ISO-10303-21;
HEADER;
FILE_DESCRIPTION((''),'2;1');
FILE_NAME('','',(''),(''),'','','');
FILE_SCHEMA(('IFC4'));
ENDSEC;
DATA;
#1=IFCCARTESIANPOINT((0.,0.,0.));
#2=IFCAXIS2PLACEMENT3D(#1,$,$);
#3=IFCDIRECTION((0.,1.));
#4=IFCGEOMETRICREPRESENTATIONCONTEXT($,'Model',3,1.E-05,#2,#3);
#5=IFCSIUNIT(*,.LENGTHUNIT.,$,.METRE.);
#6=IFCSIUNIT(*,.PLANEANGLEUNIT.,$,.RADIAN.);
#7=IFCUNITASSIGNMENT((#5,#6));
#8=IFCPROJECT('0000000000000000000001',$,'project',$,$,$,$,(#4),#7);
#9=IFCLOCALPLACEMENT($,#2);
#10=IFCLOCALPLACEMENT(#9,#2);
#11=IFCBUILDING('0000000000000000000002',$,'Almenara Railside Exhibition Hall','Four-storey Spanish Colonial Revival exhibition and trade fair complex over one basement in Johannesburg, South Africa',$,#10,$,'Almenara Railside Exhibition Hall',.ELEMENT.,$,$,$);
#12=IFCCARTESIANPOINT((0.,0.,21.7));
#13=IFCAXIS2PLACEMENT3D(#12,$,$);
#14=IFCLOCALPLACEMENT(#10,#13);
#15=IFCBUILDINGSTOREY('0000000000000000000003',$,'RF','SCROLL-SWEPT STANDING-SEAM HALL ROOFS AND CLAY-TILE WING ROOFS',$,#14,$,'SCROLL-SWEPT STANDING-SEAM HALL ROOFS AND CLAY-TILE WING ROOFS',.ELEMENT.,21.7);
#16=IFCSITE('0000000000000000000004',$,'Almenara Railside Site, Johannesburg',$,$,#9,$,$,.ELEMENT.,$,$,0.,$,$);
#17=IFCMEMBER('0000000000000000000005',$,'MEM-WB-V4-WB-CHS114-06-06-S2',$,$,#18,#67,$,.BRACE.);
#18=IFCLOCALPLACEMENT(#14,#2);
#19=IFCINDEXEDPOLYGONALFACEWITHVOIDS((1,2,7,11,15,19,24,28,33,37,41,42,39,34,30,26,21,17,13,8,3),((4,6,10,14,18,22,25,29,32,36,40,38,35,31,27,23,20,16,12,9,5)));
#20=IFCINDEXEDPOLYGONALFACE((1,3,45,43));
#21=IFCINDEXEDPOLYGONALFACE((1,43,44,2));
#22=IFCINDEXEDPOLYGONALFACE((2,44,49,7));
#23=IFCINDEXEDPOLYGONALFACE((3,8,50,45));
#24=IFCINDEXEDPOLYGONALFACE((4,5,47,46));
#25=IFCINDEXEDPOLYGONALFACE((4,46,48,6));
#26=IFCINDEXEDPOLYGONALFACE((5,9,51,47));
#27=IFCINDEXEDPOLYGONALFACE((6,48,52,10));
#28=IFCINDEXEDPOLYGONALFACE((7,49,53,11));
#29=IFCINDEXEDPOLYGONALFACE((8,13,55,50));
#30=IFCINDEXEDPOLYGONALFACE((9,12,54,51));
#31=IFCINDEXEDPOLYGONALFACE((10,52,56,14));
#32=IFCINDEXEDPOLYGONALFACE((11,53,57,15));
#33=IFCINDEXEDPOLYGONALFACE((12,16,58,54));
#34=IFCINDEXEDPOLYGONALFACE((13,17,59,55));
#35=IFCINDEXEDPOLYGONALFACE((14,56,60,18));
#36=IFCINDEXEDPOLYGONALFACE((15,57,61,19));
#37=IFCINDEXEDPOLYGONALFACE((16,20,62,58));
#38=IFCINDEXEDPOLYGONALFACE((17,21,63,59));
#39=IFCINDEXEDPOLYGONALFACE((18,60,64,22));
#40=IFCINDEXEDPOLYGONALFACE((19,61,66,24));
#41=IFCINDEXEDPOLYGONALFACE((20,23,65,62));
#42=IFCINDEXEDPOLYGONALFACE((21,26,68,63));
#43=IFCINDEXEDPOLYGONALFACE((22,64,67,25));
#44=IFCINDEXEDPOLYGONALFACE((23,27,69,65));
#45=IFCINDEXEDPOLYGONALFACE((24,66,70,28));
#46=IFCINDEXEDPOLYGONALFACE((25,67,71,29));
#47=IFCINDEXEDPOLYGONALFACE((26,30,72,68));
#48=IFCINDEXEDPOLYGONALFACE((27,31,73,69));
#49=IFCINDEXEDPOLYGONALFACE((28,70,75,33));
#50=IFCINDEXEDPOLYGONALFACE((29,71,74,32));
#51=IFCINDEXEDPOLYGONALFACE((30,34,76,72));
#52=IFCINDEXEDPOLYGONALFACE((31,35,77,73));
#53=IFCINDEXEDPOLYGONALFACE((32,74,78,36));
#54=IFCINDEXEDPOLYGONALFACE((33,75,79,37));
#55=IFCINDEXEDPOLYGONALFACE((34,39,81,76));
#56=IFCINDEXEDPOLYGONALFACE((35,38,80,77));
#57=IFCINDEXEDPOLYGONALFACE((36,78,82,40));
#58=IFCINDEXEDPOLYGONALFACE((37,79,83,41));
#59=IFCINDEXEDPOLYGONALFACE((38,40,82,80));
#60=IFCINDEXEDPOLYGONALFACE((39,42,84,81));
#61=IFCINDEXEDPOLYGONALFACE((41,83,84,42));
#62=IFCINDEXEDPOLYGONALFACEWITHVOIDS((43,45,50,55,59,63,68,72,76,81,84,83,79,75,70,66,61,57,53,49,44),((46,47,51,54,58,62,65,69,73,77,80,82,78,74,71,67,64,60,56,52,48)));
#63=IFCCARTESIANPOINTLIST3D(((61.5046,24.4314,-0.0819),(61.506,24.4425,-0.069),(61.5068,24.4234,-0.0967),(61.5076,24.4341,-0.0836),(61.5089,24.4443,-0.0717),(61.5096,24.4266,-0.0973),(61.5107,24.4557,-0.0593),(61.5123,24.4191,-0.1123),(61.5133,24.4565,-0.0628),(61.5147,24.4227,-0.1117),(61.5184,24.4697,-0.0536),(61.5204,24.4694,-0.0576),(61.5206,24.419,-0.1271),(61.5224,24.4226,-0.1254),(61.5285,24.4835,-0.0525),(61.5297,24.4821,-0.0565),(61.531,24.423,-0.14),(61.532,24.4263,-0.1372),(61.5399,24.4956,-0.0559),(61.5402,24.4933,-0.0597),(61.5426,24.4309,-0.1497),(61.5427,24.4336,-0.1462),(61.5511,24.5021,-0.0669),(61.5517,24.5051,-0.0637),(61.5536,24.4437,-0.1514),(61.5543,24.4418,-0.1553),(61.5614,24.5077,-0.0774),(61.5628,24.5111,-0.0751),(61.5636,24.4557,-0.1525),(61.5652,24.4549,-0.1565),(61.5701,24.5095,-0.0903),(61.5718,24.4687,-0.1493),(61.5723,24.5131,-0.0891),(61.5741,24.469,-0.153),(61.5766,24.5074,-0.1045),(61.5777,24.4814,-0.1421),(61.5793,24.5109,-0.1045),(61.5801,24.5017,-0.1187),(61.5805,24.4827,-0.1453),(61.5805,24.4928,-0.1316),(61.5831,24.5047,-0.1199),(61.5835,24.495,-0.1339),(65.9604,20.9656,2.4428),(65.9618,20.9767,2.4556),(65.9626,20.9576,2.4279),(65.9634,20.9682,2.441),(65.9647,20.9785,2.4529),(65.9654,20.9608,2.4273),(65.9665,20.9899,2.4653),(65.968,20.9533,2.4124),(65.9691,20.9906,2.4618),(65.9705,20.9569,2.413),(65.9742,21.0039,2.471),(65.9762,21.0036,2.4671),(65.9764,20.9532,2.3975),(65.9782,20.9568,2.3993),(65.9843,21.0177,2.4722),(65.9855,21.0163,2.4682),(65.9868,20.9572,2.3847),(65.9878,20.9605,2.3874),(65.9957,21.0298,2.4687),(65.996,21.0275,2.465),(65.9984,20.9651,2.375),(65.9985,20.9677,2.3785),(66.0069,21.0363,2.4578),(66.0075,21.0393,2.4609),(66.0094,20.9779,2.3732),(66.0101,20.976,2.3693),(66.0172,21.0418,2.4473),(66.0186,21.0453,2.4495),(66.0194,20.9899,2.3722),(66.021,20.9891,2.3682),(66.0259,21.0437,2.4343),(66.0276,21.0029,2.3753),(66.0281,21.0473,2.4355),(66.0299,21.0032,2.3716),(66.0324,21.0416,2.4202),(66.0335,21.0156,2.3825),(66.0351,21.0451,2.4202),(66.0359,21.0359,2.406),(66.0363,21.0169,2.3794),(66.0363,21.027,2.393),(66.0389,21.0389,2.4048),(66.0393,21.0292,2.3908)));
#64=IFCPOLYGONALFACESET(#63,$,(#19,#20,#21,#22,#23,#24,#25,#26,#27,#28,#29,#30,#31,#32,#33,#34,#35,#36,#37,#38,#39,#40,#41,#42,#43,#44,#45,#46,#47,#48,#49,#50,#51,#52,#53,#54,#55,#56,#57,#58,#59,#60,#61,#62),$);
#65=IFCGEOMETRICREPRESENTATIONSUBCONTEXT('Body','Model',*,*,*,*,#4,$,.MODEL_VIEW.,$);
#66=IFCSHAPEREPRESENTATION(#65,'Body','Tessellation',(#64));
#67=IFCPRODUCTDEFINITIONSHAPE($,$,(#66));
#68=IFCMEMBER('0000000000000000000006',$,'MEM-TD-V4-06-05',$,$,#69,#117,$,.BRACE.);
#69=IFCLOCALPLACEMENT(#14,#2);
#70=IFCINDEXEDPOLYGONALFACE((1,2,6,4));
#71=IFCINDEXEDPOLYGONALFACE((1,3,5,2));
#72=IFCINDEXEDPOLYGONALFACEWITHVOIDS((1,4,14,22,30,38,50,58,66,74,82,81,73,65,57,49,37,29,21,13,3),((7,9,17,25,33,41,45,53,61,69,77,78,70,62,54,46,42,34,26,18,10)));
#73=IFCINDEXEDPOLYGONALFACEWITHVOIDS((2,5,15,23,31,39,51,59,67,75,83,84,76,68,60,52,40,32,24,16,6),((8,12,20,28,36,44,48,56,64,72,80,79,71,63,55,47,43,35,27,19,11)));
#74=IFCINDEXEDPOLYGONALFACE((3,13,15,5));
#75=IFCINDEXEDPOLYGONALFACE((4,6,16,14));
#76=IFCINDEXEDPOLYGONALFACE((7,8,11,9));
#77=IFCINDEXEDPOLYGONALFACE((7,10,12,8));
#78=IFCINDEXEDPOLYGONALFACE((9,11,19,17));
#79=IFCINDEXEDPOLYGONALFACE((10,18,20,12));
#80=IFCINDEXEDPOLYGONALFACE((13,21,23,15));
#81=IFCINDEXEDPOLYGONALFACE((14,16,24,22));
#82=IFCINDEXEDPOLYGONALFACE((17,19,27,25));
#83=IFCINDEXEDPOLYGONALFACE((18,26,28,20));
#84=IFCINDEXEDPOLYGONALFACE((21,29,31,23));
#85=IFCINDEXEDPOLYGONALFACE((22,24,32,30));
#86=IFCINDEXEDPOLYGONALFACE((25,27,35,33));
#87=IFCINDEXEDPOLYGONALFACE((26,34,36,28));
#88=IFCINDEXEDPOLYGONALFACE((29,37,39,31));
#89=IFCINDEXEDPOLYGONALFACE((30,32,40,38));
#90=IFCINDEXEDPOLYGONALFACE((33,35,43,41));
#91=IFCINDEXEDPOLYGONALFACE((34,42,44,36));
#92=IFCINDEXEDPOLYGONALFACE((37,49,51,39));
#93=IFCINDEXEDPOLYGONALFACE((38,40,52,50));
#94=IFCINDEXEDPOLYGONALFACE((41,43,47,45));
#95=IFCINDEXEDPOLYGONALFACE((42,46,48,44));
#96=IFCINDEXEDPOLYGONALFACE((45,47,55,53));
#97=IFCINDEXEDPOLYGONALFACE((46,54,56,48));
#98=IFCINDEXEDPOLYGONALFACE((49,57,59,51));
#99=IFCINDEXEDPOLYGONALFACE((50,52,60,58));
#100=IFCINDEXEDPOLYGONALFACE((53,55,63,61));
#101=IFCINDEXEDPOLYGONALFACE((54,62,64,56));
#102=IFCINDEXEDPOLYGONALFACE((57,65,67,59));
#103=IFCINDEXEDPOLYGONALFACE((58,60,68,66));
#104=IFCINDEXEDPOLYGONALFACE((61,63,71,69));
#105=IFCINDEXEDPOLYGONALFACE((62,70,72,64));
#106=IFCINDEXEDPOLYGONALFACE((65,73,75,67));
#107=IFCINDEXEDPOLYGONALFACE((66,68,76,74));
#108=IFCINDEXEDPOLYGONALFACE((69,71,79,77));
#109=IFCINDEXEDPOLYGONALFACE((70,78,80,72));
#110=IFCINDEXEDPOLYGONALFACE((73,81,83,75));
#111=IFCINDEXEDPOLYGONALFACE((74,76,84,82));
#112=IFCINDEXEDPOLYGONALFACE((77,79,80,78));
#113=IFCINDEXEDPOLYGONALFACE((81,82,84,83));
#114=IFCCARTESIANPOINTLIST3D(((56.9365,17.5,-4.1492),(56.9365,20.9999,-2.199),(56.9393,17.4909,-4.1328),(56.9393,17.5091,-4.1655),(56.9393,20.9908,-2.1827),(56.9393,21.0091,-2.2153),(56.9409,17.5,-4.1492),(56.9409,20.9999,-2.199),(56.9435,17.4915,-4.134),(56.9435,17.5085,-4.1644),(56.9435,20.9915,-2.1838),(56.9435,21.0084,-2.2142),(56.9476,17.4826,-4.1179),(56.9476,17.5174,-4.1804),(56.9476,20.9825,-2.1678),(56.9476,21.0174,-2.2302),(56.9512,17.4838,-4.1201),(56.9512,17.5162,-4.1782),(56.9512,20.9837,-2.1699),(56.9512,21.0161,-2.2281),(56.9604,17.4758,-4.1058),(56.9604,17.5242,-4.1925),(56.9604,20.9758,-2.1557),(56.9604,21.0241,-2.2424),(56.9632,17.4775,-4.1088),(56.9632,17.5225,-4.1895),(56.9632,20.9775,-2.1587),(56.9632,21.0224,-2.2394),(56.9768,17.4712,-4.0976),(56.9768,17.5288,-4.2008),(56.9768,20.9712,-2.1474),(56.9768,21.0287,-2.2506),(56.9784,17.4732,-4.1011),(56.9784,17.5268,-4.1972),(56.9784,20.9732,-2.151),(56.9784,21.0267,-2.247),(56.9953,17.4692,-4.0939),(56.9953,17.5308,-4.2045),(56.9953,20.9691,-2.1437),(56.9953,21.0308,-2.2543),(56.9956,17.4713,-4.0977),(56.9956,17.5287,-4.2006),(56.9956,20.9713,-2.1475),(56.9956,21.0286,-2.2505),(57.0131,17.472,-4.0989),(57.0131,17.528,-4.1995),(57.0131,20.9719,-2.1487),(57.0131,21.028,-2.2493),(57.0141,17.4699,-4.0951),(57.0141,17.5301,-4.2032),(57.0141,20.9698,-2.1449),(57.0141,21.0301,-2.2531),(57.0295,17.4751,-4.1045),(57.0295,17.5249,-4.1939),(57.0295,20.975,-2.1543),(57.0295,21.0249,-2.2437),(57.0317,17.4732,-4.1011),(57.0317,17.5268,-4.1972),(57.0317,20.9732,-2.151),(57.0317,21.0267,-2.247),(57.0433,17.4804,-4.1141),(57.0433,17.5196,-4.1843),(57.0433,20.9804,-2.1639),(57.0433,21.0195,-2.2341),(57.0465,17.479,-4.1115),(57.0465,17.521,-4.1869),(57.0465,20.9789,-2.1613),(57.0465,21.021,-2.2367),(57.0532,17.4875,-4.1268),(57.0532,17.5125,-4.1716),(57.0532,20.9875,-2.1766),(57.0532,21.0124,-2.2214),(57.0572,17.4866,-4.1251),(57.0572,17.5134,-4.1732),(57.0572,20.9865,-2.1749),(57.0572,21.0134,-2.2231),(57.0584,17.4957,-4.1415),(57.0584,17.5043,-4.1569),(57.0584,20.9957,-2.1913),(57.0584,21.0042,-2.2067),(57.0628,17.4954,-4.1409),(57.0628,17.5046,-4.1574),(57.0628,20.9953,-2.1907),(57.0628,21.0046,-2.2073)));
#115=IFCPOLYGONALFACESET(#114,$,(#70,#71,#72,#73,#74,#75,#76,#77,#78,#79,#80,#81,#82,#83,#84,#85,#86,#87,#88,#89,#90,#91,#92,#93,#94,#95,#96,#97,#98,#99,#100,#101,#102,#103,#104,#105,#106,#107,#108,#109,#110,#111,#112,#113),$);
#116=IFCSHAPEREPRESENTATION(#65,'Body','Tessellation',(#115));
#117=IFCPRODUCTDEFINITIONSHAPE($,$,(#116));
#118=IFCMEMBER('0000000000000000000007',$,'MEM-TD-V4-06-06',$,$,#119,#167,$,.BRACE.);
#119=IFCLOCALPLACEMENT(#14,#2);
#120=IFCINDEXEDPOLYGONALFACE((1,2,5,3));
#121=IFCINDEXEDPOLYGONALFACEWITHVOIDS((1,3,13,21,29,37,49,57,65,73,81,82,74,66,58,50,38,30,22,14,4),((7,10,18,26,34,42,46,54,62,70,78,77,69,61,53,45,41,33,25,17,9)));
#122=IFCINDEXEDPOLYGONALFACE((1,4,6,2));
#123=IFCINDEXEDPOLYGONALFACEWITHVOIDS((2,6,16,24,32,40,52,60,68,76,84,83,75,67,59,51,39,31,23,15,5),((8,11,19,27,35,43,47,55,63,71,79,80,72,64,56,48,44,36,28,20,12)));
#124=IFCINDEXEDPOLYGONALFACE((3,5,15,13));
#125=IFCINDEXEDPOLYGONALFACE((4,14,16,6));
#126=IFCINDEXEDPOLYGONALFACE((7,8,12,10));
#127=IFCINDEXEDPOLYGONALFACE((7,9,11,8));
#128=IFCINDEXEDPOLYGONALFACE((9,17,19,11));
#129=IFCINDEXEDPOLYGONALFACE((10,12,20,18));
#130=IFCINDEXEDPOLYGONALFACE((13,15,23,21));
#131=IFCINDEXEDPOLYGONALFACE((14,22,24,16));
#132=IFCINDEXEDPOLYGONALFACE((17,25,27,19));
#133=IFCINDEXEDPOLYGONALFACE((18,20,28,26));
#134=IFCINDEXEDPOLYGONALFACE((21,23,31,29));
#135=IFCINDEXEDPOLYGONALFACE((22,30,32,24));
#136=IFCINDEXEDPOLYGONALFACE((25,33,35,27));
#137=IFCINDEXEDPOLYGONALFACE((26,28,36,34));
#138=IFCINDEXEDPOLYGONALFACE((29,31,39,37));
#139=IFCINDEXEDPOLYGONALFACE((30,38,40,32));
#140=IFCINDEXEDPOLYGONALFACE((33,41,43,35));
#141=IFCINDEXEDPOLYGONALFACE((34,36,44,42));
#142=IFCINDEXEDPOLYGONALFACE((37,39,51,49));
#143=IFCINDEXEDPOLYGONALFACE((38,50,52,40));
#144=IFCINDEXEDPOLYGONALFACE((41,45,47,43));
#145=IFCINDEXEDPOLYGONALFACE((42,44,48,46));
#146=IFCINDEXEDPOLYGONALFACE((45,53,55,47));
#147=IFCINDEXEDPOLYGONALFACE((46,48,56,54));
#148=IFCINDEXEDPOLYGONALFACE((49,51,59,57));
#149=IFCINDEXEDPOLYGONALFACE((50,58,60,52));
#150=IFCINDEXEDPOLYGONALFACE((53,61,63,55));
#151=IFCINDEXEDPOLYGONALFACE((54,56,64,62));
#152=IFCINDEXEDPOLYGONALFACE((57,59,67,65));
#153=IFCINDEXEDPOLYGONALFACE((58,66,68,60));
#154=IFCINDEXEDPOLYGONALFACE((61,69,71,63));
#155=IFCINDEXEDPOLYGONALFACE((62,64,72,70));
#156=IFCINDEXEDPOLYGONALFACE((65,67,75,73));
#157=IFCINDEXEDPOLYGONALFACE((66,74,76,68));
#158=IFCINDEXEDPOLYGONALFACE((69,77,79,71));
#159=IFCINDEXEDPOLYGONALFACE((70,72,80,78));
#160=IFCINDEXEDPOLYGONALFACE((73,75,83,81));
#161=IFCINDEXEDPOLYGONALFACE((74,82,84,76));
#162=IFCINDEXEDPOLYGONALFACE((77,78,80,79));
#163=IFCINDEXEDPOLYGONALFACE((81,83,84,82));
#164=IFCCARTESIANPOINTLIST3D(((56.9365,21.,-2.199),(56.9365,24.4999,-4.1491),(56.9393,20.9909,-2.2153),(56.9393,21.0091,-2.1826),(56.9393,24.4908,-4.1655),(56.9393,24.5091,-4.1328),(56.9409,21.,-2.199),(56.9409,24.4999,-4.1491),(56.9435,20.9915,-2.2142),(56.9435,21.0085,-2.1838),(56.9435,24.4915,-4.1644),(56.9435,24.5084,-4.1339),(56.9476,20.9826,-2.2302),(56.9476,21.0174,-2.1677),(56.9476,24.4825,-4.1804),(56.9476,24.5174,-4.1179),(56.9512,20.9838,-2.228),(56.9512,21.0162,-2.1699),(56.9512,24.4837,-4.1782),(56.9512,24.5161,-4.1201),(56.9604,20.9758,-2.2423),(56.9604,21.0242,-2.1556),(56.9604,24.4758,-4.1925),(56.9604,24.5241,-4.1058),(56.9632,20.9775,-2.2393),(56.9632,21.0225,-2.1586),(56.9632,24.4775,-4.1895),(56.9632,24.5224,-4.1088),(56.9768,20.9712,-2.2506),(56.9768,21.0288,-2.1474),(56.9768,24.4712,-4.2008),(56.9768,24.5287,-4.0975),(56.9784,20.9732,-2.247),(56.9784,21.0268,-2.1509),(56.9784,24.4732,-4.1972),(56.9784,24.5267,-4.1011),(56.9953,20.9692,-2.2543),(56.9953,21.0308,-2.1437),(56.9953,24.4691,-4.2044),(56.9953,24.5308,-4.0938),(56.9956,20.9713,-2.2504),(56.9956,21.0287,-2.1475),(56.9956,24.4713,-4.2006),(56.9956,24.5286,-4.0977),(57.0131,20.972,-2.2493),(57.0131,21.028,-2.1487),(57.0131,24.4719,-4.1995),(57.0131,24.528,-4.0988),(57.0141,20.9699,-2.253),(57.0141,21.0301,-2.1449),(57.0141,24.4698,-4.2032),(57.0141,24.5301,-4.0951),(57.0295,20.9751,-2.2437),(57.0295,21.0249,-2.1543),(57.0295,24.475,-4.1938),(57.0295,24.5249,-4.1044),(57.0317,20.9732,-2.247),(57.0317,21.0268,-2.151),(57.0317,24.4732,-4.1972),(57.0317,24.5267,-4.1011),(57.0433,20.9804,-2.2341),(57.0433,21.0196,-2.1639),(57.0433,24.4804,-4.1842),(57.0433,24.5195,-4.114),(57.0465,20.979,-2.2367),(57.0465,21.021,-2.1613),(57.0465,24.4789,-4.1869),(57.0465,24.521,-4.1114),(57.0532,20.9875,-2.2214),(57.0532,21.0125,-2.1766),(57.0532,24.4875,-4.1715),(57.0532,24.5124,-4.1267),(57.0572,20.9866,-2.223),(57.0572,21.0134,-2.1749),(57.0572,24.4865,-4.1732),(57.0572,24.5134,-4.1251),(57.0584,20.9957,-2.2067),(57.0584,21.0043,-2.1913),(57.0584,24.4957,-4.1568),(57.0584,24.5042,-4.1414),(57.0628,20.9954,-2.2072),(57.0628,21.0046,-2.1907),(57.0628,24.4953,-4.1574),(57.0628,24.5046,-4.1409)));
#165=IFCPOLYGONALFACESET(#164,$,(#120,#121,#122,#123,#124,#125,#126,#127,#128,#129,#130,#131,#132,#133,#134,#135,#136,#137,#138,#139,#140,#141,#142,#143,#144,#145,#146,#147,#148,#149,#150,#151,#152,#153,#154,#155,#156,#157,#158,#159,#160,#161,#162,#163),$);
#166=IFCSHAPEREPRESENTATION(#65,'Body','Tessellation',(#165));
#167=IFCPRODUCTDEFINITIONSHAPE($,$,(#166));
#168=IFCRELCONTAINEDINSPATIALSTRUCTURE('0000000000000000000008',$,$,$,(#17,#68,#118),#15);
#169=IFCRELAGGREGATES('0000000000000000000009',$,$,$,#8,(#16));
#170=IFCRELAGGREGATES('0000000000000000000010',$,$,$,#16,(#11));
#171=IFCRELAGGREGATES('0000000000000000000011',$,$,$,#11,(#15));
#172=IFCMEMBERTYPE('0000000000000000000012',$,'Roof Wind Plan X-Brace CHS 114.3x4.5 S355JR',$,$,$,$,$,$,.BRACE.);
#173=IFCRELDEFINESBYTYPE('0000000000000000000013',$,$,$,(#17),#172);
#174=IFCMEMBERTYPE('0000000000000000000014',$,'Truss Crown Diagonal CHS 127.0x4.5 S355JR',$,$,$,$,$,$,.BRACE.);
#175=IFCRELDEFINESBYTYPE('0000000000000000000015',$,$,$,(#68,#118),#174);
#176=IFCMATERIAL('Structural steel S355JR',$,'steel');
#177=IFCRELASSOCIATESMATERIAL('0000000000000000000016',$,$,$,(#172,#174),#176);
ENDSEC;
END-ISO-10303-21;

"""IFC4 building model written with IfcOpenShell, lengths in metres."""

from ifc_helpers import new_model, si_unit, direction, frame, origin, origin_2d, place, context, subcontext, project, spatial, hollow_circle, extrude, material, material_profile, profile_set, type_object, element, save


model = new_model("IFC4")

# Units and contexts
model_context = context("Model", 3, precision=1e-05, world=origin(), true_north=direction((0.0, 1.0)))
body_context = subcontext(model_context, "Body", "Model", "MODEL_VIEW")
ifc_project = project(units=[si_unit("LENGTHUNIT", "METRE"), si_unit("PLANEANGLEUNIT", "RADIAN")], contexts=[model_context])

# Site, building, storey
site_placement = place(None, origin())
site = spatial("IfcSite", under=ifc_project, at=site_placement, Name="Almenara Railside Site, Johannesburg", CompositionType="ELEMENT", RefElevation=0.0)
building_placement = place(site_placement, origin())
building = spatial("IfcBuilding", under=site, at=building_placement, Name="Almenara Railside Exhibition Hall", Description="Four-storey Spanish Colonial Revival exhibition and trade fair complex over one basement in Johannesburg, South Africa", LongName="Almenara Railside Exhibition Hall", CompositionType="ELEMENT")
storey_placement = place(building_placement, frame((0.0, 0.0, 21.7)))
storey = spatial("IfcBuildingStorey", under=building, at=storey_placement, Name="RF", Description="SCROLL-SWEPT STANDING-SEAM HALL ROOFS AND CLAY-TILE WING ROOFS", LongName="SCROLL-SWEPT STANDING-SEAM HALL ROOFS AND CLAY-TILE WING ROOFS", CompositionType="ELEMENT", Elevation=21.7)

# Members
ifc_material_1 = material(Name="Structural steel S355JR", Category="steel")
ifc_material_profile_1 = material_profile(ifc_material_1, hollow_circle(Radius=0.0571, WallThickness=0.0044, at=origin_2d()), Name="CHS 114.3x4.5")
ifc_profile_set_1 = profile_set([ifc_material_profile_1], Name="Structural steel S355JR")
member_type_1 = type_object("IfcMemberType", Name="Roof Wind Plan X-Brace CHS 114.3x4.5 S355JR", PredefinedType="BRACE", material=ifc_profile_set_1)
member_1_placement = place(storey_placement, frame((61.5442, 24.4658, -0.1045), z_axis=(0.720556, -0.560463, 0.408266), x_axis=(0.613962, 0.789336, 0.0)))
element("IfcMember", 1, at=member_1_placement, inside=storey, type_object=member_type_1, Name="MEM-WB-V4-WB-CHS114-06-06-S2", PredefinedType="BRACE", context=body_context, shape_type="SweptSolid", body=[
    extrude(hollow_circle(Radius=0.0571, WallThickness=0.0044, at=origin_2d()), origin(), (0.0, 0.0, 1.0), 6.1838),
])
ifc_material_profile_2 = material_profile(ifc_material_1, hollow_circle(Radius=0.0635, WallThickness=0.0044, at=origin_2d()), Name="CHS 127.0x4.5")
ifc_profile_set_2 = profile_set([ifc_material_profile_2], Name="Structural steel S355JR")
member_type_2 = type_object("IfcMemberType", Name="Truss Crown Diagonal CHS 127.0x4.5 S355JR", PredefinedType="BRACE", material=ifc_profile_set_2)
for number, where, z_axis, x_axis, name in (
    (2, (57.0, 17.5, -4.1492), (0.0, 0.873547, 0.486739), (-1.0, 0.0, 0.0), "MEM-TD-V4-06-05"),
    (3, (57.0, 21.0, -2.199), (0.0, 0.873547, -0.486739), (-1.0, 0.0, 0.0), "MEM-TD-V4-06-06"),
):
    element("IfcMember", number, at=place(storey_placement, frame(where, z_axis=z_axis, x_axis=x_axis)), inside=storey, type_object=member_type_2, Name=name, PredefinedType="BRACE", context=body_context, shape_type="SweptSolid", body=[
        extrude(hollow_circle(Radius=0.0635, WallThickness=0.0044, at=origin_2d()), origin(), (0.0, 0.0, 1.0), 4.0066),
    ])

save(model, "model.ifc")
